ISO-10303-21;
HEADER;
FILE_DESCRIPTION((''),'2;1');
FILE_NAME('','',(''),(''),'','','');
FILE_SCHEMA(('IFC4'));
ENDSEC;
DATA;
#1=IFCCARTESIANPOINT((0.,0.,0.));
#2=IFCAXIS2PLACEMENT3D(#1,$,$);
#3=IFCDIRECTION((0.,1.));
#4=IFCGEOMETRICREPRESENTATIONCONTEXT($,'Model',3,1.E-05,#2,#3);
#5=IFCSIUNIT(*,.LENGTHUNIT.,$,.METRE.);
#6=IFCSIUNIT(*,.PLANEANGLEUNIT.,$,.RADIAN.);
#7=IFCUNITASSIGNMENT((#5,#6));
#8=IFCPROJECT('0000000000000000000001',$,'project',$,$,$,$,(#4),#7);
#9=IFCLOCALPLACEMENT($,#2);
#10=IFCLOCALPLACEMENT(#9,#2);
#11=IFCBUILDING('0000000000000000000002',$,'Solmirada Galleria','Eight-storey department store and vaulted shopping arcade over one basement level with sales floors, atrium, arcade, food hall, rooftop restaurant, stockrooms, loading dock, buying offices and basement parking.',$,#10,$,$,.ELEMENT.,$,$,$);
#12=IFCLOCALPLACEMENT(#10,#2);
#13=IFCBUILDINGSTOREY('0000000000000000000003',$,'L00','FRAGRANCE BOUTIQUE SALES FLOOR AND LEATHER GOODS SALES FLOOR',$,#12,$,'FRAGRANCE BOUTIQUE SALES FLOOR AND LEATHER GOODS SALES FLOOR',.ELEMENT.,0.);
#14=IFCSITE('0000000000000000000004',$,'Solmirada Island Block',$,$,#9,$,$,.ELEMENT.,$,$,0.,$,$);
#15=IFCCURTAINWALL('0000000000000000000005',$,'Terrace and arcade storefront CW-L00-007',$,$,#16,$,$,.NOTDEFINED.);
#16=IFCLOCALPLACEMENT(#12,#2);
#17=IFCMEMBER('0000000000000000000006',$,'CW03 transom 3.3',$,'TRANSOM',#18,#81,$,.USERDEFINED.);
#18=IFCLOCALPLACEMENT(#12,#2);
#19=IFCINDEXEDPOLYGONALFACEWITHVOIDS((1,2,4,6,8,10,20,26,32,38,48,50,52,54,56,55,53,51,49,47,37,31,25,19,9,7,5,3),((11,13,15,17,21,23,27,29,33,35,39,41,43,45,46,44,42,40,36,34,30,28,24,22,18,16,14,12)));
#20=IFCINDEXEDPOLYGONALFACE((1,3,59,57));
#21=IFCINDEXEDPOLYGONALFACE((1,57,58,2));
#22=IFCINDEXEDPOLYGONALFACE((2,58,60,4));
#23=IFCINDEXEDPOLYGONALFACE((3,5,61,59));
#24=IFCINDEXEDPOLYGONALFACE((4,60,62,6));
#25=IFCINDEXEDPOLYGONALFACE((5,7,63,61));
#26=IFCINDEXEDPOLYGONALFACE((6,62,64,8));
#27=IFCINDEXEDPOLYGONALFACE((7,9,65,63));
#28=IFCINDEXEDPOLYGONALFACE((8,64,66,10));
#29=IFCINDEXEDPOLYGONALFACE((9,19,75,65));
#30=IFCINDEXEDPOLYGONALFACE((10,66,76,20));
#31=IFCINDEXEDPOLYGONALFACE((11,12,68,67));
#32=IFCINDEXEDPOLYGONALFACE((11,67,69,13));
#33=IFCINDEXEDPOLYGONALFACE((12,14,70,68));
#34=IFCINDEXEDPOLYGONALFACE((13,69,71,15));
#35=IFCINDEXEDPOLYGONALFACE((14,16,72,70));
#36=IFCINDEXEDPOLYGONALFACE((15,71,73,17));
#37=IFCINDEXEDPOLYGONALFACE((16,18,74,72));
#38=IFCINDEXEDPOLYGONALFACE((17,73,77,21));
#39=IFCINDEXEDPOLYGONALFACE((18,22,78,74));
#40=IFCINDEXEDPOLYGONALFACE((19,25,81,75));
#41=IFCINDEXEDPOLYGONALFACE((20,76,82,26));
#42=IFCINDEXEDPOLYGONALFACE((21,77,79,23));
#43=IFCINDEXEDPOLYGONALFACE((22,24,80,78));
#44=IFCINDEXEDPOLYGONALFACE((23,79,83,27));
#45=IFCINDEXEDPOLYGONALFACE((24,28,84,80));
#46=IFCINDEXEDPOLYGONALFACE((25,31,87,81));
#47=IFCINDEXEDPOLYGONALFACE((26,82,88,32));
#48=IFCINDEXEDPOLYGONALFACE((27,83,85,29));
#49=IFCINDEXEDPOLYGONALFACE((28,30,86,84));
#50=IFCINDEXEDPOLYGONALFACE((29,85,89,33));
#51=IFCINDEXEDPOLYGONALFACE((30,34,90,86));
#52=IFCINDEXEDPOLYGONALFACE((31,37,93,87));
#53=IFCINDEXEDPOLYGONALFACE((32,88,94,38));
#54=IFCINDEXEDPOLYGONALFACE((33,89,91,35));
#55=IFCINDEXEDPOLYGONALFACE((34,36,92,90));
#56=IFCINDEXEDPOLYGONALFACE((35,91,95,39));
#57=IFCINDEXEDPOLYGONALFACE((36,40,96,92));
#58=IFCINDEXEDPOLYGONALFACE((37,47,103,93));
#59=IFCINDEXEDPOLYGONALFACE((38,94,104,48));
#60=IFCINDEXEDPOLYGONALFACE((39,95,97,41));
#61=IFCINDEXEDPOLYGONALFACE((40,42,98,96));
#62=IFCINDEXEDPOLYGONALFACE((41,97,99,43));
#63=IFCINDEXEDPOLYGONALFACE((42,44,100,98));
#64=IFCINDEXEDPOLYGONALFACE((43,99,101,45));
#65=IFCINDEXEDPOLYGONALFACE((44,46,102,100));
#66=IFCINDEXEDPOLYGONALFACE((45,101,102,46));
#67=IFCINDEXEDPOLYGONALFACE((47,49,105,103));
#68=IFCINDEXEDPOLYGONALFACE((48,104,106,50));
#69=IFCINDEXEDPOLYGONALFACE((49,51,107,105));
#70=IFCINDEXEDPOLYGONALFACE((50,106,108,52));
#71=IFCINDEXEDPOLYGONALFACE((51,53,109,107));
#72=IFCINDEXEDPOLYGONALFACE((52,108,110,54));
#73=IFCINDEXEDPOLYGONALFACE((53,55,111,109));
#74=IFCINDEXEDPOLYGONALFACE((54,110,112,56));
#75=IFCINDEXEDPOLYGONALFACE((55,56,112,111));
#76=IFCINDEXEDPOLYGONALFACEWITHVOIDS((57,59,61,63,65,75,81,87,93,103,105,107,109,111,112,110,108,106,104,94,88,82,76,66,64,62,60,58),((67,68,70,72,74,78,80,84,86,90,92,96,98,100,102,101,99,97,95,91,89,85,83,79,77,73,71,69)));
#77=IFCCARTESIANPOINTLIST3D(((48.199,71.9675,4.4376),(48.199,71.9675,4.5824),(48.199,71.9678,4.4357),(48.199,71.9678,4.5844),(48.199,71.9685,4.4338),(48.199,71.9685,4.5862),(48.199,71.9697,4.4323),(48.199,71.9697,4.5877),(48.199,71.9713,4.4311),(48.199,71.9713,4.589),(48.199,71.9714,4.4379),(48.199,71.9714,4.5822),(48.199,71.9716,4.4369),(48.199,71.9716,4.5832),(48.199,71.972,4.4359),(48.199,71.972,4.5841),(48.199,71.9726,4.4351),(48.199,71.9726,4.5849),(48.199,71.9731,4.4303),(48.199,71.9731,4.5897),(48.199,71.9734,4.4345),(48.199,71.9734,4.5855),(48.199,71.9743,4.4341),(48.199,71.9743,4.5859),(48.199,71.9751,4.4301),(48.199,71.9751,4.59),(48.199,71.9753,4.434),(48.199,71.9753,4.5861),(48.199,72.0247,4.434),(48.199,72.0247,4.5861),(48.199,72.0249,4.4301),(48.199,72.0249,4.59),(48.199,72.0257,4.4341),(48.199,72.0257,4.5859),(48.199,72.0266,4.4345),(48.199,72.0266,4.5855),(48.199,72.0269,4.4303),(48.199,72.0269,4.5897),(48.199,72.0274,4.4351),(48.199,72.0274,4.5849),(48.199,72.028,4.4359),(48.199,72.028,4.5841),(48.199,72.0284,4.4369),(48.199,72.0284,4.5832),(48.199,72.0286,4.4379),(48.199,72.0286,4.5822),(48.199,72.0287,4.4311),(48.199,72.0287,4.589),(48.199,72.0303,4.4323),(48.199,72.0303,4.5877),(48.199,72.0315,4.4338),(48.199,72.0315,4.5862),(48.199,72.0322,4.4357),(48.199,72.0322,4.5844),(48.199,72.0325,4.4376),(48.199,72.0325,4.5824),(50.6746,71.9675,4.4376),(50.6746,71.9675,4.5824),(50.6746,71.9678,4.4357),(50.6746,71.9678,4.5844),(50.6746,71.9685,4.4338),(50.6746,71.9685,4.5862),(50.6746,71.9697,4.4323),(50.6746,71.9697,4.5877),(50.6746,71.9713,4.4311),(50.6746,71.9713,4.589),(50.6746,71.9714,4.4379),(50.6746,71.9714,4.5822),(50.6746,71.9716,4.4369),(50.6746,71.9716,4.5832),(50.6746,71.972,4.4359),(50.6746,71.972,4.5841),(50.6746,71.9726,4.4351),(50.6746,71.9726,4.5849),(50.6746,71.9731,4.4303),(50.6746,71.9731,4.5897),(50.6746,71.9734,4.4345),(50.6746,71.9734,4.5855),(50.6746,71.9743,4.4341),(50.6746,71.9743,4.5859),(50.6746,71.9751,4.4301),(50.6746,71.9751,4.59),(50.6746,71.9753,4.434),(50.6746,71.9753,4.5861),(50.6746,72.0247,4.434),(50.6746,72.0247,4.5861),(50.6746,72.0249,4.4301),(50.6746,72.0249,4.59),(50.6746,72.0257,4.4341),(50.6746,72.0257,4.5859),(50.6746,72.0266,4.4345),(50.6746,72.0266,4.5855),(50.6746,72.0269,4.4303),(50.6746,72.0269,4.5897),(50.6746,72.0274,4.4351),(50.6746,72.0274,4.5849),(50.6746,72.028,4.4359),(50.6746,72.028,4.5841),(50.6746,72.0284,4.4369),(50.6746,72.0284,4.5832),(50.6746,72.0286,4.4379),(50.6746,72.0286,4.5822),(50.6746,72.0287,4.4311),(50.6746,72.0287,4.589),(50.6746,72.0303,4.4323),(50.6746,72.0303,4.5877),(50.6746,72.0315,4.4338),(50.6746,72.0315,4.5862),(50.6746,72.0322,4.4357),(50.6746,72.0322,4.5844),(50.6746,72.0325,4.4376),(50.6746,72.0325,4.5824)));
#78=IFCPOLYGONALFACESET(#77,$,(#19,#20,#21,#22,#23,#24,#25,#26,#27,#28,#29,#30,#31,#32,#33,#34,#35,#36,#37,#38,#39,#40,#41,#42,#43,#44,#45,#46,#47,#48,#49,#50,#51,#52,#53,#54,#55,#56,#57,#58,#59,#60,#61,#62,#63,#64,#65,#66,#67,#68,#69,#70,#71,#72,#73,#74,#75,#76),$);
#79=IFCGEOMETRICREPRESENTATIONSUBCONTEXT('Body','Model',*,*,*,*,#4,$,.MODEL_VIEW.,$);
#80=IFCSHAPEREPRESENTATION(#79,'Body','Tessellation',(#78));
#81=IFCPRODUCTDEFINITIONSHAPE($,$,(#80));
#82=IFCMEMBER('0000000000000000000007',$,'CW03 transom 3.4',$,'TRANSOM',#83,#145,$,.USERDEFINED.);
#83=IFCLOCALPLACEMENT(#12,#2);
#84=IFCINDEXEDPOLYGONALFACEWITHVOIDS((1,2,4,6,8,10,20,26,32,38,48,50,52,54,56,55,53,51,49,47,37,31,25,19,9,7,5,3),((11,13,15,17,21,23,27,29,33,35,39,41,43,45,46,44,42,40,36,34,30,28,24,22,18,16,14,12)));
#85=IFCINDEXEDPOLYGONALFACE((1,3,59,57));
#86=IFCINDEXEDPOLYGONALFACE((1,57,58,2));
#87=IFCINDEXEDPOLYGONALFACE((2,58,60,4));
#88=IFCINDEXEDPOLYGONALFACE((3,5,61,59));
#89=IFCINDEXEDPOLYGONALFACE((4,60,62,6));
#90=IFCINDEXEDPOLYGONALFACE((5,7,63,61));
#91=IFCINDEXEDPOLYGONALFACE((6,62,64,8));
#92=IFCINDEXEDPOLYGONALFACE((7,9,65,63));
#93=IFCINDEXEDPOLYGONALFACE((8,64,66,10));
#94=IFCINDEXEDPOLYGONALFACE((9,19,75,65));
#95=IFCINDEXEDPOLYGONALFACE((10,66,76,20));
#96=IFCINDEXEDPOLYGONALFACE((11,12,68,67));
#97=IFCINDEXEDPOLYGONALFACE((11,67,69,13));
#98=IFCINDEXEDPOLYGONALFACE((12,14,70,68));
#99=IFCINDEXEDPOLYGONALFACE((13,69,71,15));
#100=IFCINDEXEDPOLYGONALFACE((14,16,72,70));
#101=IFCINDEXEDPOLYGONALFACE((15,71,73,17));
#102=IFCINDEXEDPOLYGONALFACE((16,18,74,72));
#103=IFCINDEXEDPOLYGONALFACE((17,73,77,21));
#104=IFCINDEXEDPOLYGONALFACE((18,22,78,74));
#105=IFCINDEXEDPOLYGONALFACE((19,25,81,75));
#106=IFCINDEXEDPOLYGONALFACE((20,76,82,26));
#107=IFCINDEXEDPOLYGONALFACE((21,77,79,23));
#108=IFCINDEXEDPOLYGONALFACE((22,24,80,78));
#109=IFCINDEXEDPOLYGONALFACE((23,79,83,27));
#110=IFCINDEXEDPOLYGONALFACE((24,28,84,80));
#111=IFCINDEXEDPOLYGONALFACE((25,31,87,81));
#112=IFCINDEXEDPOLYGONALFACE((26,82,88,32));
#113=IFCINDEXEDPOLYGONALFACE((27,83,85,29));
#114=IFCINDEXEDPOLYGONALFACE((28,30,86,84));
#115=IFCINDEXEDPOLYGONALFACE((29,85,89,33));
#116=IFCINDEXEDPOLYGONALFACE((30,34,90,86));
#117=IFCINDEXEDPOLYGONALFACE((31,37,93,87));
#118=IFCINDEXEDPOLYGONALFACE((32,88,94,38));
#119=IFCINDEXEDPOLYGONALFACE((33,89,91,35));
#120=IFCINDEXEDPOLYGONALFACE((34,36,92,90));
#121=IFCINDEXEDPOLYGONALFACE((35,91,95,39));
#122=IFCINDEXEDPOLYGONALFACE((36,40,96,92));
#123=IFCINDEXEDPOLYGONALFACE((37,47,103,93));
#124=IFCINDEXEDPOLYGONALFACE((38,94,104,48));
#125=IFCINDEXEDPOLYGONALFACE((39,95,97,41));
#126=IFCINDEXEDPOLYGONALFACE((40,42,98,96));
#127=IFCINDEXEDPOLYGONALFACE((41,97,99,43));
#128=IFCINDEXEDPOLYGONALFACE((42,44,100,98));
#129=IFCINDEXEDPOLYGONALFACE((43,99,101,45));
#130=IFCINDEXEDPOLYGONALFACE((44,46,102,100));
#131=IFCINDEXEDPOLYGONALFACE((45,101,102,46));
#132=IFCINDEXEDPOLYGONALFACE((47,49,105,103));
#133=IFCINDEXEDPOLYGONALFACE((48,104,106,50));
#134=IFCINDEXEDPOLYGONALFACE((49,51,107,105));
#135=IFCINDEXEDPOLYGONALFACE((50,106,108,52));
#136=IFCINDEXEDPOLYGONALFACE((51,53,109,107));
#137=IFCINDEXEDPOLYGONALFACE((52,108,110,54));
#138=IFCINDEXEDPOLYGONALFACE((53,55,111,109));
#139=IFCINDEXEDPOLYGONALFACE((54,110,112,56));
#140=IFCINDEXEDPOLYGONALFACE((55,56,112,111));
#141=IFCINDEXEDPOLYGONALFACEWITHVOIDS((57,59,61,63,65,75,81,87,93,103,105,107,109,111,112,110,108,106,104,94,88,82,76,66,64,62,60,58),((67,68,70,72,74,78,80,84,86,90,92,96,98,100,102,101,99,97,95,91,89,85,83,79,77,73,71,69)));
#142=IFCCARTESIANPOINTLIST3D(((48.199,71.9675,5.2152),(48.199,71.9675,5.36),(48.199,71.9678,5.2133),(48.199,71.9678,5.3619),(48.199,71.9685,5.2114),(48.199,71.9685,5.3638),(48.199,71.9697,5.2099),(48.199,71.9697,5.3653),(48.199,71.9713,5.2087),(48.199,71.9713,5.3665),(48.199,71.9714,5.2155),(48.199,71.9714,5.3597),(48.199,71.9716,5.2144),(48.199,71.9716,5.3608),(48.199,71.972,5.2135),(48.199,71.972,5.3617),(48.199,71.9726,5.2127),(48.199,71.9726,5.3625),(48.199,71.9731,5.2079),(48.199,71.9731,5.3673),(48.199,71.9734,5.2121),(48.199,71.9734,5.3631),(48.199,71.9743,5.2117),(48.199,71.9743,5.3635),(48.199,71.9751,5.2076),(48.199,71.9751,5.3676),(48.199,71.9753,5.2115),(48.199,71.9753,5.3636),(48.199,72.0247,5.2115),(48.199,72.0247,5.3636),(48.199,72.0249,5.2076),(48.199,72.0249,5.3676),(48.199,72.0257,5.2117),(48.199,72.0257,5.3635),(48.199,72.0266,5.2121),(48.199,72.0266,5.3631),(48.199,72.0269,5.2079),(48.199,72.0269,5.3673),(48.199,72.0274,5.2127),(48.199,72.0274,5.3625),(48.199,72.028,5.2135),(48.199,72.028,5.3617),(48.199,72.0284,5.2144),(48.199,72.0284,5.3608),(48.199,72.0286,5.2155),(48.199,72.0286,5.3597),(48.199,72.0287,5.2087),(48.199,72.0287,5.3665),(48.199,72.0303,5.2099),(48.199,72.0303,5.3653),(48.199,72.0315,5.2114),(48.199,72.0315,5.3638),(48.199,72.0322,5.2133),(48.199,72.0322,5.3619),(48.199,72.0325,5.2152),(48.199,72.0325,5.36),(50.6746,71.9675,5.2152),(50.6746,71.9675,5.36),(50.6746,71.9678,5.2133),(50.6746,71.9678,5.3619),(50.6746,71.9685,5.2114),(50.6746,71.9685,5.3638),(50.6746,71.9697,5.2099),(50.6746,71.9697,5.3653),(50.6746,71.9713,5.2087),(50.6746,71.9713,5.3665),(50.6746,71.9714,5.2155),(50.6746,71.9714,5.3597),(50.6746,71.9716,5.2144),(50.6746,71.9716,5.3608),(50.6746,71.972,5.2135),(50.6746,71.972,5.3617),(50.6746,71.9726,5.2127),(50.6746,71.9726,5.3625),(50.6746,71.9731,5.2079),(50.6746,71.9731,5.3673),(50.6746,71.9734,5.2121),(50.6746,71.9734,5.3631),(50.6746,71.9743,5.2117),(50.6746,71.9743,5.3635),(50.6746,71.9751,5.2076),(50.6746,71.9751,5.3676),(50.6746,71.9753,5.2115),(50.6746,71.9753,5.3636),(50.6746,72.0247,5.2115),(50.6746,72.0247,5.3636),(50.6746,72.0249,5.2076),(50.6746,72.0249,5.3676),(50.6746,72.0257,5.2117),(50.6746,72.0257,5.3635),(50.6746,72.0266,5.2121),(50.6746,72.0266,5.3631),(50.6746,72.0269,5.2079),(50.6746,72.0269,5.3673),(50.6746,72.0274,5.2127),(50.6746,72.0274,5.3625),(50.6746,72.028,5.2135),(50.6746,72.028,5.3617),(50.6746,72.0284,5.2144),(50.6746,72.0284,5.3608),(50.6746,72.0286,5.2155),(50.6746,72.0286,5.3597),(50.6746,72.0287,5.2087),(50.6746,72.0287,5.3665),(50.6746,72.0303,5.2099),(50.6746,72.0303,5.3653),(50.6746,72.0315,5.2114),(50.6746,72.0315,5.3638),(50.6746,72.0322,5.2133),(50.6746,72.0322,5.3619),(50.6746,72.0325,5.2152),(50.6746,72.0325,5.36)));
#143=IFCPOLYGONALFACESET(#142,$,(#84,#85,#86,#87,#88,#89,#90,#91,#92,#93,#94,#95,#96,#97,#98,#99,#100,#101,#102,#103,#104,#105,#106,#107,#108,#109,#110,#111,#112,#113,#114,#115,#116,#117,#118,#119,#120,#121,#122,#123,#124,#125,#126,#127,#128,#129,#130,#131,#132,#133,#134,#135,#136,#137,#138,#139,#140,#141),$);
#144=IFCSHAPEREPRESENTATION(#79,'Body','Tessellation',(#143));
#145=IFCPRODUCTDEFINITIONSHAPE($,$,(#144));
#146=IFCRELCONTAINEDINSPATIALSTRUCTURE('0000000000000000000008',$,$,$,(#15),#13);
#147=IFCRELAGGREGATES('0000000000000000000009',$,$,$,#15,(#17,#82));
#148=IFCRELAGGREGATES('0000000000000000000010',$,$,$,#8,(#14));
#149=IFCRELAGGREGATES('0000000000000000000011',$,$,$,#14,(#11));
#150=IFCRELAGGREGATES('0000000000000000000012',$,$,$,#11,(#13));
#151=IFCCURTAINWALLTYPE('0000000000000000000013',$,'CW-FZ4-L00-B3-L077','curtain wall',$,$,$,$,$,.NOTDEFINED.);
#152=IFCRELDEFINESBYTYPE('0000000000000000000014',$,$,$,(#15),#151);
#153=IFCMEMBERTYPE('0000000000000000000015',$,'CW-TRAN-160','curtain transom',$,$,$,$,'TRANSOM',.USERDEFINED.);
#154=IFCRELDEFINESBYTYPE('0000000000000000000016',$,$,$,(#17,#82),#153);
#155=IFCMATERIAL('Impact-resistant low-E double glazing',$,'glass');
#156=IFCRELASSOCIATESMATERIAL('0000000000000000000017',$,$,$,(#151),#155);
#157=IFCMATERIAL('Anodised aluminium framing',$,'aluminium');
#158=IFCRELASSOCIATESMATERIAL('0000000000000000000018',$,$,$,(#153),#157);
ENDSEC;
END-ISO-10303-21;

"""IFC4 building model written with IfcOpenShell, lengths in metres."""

from ifc_helpers import new_model, si_unit, direction, frame, origin, origin_2d, place, context, subcontext, project, spatial, hollow_rectangle, extrude, material, material_profile, profile_set, type_object, element, aggregate, save


model = new_model("IFC4")

# Units and contexts
model_context = context("Model", 3, precision=1e-05, world=origin(), true_north=direction((0.0, 1.0)))
body_context = subcontext(model_context, "Body", "Model", "MODEL_VIEW")
ifc_project = project(units=[si_unit("LENGTHUNIT", "METRE"), si_unit("PLANEANGLEUNIT", "RADIAN")], contexts=[model_context])

# Site, building, storey
site_placement = place(None, origin())
site = spatial("IfcSite", under=ifc_project, at=site_placement, Name="Solmirada Island Block", CompositionType="ELEMENT", RefElevation=0.0)
building_placement = place(site_placement, origin())
building = spatial("IfcBuilding", under=site, at=building_placement, Name="Solmirada Galleria", Description="Eight-storey department store and vaulted shopping arcade over one basement level with sales floors, atrium, arcade, food hall, rooftop restaurant, stockrooms, loading dock, buying offices and basement parking.", CompositionType="ELEMENT")
storey_placement = place(building_placement, origin())
storey = spatial("IfcBuildingStorey", under=building, at=storey_placement, Name="L00", Description="FRAGRANCE BOUTIQUE SALES FLOOR AND LEATHER GOODS SALES FLOOR", LongName="FRAGRANCE BOUTIQUE SALES FLOOR AND LEATHER GOODS SALES FLOOR", CompositionType="ELEMENT", Elevation=0.0)

# Curtain wall
ifc_material_1 = material(Name="Impact-resistant low-E double glazing", Category="glass")
curtain_wall_type_1 = type_object("IfcCurtainWallType", Name="CW-FZ4-L00-B3-L077", Description="curtain wall", PredefinedType="NOTDEFINED", material=ifc_material_1)
curtain_wall_1_placement = place(storey_placement, origin())
curtain_wall_1 = element("IfcCurtainWall", 1, at=curtain_wall_1_placement, inside=storey, type_object=curtain_wall_type_1, Name="Terrace and arcade storefront CW-L00-007", PredefinedType="NOTDEFINED")
ifc_material_2 = material(Name="Anodised aluminium framing", Category="aluminium")

# Members
ifc_material_profile_1 = material_profile(ifc_material_2, hollow_rectangle(XDim=0.0649, YDim=0.1599, WallThickness=0.0039, InnerFilletRadius=0.0039, OuterFilletRadius=0.0076, at=origin_2d()), Name="ALU-TRAN-160X65")
ifc_profile_set_1 = profile_set([ifc_material_profile_1], Name="Anodised aluminium framing")
member_type_1 = type_object("IfcMemberType", Name="CW-TRAN-160", Description="curtain transom", ElementType="TRANSOM", PredefinedType="USERDEFINED", material=ifc_profile_set_1)
member_1_placement = place(storey_placement, frame((50.6746, 72.0, 4.51), z_axis=(-1.0, 0.0, 0.0), x_axis=(0.0, -1.0, 0.0)))
member_1 = element("IfcMember", 2, at=member_1_placement, type_object=member_type_1, Name="CW03 transom 3.3", ObjectType="TRANSOM", PredefinedType="USERDEFINED", context=body_context, shape_type="SweptSolid", body=[
    extrude(hollow_rectangle(XDim=0.0649, YDim=0.1599, WallThickness=0.0039, InnerFilletRadius=0.0039, OuterFilletRadius=0.0076, at=origin_2d()), origin(), (0.0, 0.0, 1.0), 2.4756),
])
member_2_placement = place(storey_placement, frame((50.6746, 72.0, 5.2876), z_axis=(-1.0, 0.0, 0.0), x_axis=(0.0, -1.0, 0.0)))
member_2 = element("IfcMember", 3, at=member_2_placement, type_object=member_type_1, Name="CW03 transom 3.4", ObjectType="TRANSOM", PredefinedType="USERDEFINED", context=body_context, shape_type="SweptSolid", body=[
    extrude(hollow_rectangle(XDim=0.0649, YDim=0.1599, WallThickness=0.0039, InnerFilletRadius=0.0039, OuterFilletRadius=0.0076, at=origin_2d()), origin(), (0.0, 0.0, 1.0), 2.4756),
])

aggregate(curtain_wall_1, [member_1, member_2])

save(model, "model.ifc")
